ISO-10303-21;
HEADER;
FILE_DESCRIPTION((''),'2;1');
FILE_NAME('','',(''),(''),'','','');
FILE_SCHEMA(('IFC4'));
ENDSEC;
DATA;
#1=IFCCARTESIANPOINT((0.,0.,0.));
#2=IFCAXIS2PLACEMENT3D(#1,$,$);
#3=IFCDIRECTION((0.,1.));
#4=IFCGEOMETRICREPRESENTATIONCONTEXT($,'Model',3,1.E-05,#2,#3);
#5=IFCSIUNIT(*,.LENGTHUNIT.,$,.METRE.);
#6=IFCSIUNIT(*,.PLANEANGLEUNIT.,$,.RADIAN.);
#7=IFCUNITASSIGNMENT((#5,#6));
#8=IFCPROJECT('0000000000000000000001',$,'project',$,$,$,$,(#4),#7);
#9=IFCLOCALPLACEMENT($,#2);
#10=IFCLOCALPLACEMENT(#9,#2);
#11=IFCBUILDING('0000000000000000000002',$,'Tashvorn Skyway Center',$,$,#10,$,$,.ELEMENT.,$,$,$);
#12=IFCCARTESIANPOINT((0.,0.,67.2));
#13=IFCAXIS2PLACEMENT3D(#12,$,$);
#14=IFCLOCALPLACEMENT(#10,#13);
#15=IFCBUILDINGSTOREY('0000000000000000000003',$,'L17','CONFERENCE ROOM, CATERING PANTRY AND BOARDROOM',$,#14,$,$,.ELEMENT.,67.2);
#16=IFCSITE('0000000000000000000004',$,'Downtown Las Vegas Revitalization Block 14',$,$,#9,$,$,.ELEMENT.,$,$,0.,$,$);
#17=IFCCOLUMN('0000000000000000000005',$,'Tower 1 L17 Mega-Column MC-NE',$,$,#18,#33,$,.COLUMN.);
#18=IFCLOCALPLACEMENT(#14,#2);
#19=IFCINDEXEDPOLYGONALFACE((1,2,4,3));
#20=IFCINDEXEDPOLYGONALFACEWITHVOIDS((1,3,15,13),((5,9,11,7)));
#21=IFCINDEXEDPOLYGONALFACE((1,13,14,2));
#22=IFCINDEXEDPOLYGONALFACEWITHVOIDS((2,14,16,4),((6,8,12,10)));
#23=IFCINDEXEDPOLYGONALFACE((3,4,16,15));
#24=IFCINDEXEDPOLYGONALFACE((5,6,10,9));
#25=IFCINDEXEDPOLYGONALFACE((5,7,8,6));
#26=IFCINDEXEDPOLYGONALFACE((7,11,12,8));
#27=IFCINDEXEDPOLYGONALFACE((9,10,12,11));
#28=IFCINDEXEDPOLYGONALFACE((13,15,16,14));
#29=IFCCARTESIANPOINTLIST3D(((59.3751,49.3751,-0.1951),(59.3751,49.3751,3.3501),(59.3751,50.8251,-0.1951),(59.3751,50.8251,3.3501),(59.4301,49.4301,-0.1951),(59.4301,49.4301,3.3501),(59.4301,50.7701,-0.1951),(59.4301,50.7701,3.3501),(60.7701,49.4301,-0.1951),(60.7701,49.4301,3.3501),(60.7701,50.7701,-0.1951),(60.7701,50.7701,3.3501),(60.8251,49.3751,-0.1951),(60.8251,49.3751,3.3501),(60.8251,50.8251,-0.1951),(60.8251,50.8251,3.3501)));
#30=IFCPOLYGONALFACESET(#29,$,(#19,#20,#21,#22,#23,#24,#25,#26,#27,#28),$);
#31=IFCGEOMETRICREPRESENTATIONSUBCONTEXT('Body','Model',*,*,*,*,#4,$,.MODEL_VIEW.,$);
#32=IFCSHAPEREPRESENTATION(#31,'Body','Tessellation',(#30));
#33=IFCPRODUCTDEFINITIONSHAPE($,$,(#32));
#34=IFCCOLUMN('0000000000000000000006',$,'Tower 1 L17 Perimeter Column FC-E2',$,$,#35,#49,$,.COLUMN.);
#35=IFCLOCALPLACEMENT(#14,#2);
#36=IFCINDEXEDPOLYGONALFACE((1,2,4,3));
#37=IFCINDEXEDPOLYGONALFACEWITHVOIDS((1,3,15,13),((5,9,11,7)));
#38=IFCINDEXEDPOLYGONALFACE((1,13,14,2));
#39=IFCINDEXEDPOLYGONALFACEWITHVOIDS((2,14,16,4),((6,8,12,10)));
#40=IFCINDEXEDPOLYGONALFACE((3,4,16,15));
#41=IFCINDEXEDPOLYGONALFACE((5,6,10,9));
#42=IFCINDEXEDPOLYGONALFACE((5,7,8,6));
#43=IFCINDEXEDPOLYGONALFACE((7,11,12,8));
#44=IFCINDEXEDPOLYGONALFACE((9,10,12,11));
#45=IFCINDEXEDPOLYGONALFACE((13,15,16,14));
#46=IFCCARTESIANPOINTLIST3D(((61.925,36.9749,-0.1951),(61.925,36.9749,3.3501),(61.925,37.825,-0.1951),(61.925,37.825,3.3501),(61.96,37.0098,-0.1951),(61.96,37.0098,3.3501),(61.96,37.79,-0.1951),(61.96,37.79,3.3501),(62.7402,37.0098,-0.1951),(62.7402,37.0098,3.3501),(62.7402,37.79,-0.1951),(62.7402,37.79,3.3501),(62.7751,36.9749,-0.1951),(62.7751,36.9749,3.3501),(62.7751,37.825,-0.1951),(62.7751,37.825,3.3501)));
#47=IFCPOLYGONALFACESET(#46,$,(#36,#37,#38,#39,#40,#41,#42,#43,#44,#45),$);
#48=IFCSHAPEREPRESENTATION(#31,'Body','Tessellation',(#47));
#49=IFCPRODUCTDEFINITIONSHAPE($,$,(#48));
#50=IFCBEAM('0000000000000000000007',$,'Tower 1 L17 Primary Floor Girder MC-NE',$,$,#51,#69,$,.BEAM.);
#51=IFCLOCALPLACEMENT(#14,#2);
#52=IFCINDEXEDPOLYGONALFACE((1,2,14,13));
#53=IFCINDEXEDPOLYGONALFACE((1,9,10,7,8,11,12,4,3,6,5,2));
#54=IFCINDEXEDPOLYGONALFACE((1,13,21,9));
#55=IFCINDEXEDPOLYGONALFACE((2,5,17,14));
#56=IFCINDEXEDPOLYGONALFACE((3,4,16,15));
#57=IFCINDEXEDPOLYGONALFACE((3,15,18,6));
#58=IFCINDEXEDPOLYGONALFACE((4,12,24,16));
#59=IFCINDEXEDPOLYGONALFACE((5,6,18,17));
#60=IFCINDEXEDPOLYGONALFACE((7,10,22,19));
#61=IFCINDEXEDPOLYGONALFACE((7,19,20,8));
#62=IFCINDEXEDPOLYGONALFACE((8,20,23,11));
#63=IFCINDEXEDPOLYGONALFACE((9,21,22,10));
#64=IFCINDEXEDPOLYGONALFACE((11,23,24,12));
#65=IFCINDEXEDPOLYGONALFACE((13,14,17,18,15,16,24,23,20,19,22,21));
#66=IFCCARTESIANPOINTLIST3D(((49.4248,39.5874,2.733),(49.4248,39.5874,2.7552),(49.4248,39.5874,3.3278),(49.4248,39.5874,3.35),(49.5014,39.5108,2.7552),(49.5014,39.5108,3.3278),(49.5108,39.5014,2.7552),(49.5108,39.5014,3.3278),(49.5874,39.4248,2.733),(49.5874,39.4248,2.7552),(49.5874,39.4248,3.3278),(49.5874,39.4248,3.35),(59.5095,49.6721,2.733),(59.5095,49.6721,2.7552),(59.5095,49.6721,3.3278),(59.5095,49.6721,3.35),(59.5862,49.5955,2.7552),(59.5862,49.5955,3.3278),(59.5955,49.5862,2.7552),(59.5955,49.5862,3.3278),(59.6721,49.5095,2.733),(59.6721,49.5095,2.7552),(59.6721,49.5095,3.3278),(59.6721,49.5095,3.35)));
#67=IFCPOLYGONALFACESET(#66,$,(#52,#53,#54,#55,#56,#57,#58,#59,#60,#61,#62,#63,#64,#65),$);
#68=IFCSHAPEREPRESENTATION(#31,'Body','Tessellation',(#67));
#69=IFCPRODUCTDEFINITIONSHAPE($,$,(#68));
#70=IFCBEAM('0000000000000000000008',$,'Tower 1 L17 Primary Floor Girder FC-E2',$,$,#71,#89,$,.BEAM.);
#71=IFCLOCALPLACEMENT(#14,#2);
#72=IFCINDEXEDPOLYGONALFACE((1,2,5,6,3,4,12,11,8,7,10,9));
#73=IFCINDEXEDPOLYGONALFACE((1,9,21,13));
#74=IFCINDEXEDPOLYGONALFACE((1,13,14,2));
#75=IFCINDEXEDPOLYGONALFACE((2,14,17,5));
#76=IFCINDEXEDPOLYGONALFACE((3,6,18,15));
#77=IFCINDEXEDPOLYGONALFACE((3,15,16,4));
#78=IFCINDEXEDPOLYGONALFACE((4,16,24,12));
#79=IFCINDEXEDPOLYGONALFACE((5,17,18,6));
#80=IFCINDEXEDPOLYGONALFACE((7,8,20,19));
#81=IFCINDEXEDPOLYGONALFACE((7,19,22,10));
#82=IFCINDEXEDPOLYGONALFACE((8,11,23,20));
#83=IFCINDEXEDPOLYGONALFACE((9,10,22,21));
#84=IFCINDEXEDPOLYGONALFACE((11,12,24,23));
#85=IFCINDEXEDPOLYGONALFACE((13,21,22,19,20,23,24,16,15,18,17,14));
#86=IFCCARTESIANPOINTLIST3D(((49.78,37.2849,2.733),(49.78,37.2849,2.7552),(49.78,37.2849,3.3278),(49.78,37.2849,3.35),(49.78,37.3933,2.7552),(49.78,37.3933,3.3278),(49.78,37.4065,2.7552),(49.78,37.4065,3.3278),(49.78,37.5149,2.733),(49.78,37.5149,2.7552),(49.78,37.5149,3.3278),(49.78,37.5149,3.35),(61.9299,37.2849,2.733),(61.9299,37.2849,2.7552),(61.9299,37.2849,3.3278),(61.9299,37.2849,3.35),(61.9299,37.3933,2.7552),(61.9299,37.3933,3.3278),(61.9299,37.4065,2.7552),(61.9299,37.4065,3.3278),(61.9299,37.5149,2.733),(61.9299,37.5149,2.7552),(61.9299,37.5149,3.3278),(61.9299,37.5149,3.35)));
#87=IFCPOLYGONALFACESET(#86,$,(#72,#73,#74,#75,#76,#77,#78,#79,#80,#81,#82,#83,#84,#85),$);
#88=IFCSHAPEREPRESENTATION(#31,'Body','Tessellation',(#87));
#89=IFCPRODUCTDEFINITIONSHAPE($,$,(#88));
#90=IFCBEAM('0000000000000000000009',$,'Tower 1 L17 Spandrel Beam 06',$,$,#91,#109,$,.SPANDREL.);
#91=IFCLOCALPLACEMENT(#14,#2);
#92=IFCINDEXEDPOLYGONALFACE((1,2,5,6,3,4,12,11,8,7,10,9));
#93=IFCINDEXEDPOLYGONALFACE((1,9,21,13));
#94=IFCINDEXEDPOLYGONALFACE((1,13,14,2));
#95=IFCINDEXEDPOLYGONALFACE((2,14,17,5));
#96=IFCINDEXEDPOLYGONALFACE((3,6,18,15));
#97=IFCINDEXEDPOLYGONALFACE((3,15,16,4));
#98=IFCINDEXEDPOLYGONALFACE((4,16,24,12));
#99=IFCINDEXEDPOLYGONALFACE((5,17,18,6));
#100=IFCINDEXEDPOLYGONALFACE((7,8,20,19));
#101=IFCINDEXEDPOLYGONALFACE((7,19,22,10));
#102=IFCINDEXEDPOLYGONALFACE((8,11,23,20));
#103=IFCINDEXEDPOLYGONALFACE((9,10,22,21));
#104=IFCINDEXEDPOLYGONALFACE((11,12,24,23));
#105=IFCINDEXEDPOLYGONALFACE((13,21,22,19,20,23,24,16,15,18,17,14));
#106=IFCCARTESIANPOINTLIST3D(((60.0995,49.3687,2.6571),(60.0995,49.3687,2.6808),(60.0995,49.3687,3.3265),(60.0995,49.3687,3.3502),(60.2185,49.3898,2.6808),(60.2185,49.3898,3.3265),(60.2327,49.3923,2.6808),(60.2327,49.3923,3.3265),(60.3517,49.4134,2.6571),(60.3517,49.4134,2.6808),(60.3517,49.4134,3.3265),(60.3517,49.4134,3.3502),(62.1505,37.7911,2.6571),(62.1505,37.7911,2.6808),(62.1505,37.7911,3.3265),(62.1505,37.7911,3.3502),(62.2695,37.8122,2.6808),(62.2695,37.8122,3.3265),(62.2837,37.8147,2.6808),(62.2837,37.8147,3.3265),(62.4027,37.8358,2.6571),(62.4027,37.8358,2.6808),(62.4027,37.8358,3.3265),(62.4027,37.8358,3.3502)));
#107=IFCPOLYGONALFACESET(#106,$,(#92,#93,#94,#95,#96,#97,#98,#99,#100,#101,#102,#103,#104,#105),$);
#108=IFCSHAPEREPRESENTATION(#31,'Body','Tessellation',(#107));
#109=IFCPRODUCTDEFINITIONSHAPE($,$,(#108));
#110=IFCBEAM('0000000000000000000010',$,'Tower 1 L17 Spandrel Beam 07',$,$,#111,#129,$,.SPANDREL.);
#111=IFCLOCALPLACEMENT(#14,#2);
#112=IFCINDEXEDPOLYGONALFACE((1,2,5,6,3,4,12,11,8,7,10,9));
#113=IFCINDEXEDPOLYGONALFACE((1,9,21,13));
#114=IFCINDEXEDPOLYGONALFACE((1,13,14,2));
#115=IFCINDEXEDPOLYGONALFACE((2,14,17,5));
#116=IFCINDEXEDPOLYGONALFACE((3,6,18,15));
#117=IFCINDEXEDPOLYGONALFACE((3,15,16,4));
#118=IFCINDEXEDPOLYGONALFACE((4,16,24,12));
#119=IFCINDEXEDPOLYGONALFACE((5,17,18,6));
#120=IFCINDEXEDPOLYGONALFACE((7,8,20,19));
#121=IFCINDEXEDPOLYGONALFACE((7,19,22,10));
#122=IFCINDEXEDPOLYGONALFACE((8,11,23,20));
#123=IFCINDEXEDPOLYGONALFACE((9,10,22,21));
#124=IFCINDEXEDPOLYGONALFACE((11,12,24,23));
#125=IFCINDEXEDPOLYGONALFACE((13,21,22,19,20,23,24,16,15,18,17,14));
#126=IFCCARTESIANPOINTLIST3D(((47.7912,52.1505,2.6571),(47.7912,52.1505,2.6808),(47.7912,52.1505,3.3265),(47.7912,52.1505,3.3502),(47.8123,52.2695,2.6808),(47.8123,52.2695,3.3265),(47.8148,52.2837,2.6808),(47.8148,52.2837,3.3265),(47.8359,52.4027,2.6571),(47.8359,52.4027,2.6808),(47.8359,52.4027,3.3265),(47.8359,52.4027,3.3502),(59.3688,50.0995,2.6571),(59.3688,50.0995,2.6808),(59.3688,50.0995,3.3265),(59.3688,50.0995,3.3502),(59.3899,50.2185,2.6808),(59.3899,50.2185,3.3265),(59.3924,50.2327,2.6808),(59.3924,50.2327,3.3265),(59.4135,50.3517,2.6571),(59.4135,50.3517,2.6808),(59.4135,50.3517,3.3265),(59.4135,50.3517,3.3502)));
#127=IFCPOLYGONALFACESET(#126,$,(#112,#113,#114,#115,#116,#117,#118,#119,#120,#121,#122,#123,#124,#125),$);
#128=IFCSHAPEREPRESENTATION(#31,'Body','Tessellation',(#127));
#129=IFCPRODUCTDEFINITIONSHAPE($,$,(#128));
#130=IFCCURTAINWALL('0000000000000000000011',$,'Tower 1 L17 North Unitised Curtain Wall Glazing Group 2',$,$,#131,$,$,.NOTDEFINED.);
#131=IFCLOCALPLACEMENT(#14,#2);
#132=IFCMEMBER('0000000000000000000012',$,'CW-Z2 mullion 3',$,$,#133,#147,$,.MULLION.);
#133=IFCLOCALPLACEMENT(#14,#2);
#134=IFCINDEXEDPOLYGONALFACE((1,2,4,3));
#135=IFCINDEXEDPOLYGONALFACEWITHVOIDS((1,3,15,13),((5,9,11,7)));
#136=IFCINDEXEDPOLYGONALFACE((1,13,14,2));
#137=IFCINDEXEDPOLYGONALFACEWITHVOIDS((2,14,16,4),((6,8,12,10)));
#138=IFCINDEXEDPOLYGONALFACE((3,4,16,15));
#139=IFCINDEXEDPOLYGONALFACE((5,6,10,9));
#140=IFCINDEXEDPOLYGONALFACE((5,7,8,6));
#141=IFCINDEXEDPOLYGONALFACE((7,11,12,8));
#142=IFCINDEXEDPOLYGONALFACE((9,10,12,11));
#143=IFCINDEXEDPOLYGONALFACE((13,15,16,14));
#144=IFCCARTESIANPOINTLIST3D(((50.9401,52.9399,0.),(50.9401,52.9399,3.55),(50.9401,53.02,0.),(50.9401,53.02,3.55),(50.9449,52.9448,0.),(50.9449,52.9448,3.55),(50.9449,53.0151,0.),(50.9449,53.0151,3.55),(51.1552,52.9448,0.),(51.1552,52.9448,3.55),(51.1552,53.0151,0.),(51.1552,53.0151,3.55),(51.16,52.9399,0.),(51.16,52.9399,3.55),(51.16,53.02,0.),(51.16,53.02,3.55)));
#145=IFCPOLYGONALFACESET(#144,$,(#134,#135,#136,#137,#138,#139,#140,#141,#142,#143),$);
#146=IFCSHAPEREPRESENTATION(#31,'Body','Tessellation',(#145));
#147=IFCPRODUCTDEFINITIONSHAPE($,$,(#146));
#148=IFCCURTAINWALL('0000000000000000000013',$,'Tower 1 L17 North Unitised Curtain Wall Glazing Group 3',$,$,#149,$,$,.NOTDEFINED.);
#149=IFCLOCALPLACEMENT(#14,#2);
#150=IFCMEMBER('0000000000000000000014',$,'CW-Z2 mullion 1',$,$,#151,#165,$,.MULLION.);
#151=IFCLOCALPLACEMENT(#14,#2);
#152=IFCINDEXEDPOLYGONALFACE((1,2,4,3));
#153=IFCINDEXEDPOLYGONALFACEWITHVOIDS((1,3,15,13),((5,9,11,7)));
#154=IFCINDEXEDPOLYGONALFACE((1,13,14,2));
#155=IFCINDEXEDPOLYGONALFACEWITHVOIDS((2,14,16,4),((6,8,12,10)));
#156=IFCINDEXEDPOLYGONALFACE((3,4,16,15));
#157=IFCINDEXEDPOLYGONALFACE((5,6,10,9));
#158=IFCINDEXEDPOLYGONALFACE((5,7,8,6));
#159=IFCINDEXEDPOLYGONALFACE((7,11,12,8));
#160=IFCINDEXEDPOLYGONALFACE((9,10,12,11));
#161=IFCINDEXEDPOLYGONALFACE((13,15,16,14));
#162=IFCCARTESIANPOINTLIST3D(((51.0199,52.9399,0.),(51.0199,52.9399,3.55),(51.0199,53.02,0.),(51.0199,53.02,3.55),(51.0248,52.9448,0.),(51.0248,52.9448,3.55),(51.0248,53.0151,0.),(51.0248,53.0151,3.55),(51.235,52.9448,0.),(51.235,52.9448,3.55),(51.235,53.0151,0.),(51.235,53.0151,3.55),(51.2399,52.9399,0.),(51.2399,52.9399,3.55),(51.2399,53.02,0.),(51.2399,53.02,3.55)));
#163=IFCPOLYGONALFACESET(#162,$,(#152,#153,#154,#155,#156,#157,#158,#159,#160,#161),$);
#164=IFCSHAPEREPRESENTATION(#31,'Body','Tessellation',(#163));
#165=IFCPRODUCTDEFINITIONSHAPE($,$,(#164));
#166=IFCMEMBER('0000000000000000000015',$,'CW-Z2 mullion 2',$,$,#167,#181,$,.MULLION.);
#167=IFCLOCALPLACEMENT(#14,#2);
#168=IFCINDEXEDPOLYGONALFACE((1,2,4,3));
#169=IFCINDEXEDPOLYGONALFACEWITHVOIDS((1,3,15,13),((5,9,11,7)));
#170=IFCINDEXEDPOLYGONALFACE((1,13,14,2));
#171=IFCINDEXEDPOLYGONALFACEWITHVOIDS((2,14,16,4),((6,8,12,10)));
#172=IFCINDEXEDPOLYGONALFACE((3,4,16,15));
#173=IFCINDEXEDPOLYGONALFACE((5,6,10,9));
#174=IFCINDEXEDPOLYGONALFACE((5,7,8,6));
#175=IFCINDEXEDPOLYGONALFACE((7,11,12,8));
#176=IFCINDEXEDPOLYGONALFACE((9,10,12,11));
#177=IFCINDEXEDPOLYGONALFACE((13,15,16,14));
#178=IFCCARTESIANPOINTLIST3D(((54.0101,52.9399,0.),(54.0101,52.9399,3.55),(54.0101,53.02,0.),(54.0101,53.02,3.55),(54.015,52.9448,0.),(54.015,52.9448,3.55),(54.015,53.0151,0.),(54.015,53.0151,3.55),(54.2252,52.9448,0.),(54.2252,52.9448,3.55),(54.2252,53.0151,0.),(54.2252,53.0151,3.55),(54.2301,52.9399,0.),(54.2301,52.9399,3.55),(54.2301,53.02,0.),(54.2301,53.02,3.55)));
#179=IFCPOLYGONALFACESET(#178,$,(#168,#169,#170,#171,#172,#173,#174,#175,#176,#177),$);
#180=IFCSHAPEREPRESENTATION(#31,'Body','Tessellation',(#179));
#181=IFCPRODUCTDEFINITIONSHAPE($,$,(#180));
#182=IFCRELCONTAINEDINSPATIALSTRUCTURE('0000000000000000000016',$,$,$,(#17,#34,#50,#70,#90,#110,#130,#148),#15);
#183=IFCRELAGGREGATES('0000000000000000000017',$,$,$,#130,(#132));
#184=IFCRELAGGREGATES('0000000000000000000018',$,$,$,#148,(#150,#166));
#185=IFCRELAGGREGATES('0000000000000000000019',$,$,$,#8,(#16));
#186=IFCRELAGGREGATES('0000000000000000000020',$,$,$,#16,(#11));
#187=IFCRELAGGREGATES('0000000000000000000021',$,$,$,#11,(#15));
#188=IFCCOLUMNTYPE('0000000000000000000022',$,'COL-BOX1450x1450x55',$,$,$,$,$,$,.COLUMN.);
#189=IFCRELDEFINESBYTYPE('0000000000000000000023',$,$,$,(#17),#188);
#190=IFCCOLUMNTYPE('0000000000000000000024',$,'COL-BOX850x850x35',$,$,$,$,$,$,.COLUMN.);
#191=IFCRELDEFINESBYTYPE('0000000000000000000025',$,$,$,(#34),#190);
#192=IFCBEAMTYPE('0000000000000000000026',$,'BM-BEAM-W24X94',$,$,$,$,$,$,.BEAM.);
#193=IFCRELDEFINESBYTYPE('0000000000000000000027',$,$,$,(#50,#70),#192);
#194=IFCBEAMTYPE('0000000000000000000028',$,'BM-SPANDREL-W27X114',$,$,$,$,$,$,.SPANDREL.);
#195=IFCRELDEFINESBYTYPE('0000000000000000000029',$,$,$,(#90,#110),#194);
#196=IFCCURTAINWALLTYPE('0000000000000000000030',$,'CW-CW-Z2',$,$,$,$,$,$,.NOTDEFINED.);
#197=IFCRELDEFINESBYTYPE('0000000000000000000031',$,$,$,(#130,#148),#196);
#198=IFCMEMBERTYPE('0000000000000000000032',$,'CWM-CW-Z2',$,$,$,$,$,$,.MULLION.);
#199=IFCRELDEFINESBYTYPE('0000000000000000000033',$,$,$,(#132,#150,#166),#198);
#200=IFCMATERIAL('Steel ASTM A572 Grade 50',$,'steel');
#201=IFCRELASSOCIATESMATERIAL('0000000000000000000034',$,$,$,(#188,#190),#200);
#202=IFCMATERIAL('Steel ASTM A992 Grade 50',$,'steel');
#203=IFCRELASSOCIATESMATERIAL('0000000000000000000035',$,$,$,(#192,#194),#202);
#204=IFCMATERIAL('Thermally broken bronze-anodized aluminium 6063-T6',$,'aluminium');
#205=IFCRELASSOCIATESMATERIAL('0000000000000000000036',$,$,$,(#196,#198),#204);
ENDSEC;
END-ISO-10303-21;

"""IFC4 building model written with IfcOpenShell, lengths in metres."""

from ifc_helpers import new_model, si_unit, direction, frame, origin, origin_2d, place, context, subcontext, project, spatial, hollow_rectangle, i_section, extrude, material, material_profile, profile_set, type_object, element, aggregate, save


model = new_model("IFC4")

# Units and contexts
model_context = context("Model", 3, precision=1e-05, world=origin(), true_north=direction((0.0, 1.0)))
body_context = subcontext(model_context, "Body", "Model", "MODEL_VIEW")
ifc_project = project(units=[si_unit("LENGTHUNIT", "METRE"), si_unit("PLANEANGLEUNIT", "RADIAN")], contexts=[model_context])

# Site, building, storey
site_placement = place(None, origin())
site = spatial("IfcSite", under=ifc_project, at=site_placement, Name="Downtown Las Vegas Revitalization Block 14", CompositionType="ELEMENT", RefElevation=0.0)
building_placement = place(site_placement, origin())
building = spatial("IfcBuilding", under=site, at=building_placement, Name="Tashvorn Skyway Center", CompositionType="ELEMENT")
storey_placement = place(building_placement, frame((0.0, 0.0, 67.2)))
storey = spatial("IfcBuildingStorey", under=building, at=storey_placement, Name="L17", Description="CONFERENCE ROOM, CATERING PANTRY AND BOARDROOM", CompositionType="ELEMENT", Elevation=67.2)

# Columns
ifc_material_1 = material(Name="Steel ASTM A572 Grade 50", Category="steel")
ifc_material_profile_1 = material_profile(ifc_material_1, hollow_rectangle(XDim=1.45, YDim=1.45, WallThickness=0.0549, at=origin_2d()), Name="BOX1450x1450x55")
ifc_profile_set_1 = profile_set([ifc_material_profile_1], Name="Steel ASTM A572 Grade 50")
column_type_1 = type_object("IfcColumnType", Name="COL-BOX1450x1450x55", PredefinedType="COLUMN", material=ifc_profile_set_1)
column_1_placement = place(storey_placement, frame((60.1001, 50.1001, -0.1951), z_axis=(0.0, 0.0, 1.0), x_axis=(1.0, 0.0, 0.0)))
element("IfcColumn", 1, at=column_1_placement, inside=storey, type_object=column_type_1, Name="Tower 1 L17 Mega-Column MC-NE", PredefinedType="COLUMN", context=body_context, shape_type="SweptSolid", body=[
    extrude(hollow_rectangle(XDim=1.45, YDim=1.45, WallThickness=0.0549, at=origin_2d()), origin(), (0.0, 0.0, 1.0), 3.5452),
])
ifc_material_profile_2 = material_profile(ifc_material_1, hollow_rectangle(XDim=0.8501, YDim=0.8501, WallThickness=0.0349, at=origin_2d()), Name="BOX850x850x35")
ifc_profile_set_2 = profile_set([ifc_material_profile_2], Name="Steel ASTM A572 Grade 50")
column_type_2 = type_object("IfcColumnType", Name="COL-BOX850x850x35", PredefinedType="COLUMN", material=ifc_profile_set_2)
column_2_placement = place(storey_placement, frame((62.3501, 37.3999, -0.1951), z_axis=(0.0, 0.0, 1.0), x_axis=(1.0, 0.0, 0.0)))
element("IfcColumn", 2, at=column_2_placement, inside=storey, type_object=column_type_2, Name="Tower 1 L17 Perimeter Column FC-E2", PredefinedType="COLUMN", context=body_context, shape_type="SweptSolid", body=[
    extrude(hollow_rectangle(XDim=0.8501, YDim=0.8501, WallThickness=0.0349, at=origin_2d()), origin(), (0.0, 0.0, 1.0), 3.5452),
])

# Beams
ifc_material_2 = material(Name="Steel ASTM A992 Grade 50", Category="steel")
ifc_material_profile_3 = material_profile(ifc_material_2, i_section(OverallWidth=0.23, OverallDepth=0.6169, WebThickness=0.0132, FlangeThickness=0.0222, at=origin_2d()), Name="W24X94")
ifc_profile_set_3 = profile_set([ifc_material_profile_3], Name="Steel ASTM A992 Grade 50")
beam_type_1 = type_object("IfcBeamType", Name="BM-BEAM-W24X94", PredefinedType="BEAM", material=ifc_profile_set_3)
beam_1_placement = place(storey_placement, frame((59.5908, 49.5908, 3.0415), z_axis=(-0.707107, -0.707107, 0.0), x_axis=(0.707107, -0.707107, 0.0)))
element("IfcBeam", 3, at=beam_1_placement, inside=storey, type_object=beam_type_1, Name="Tower 1 L17 Primary Floor Girder MC-NE", PredefinedType="BEAM", context=body_context, shape_type="SweptSolid", body=[
    extrude(i_section(OverallWidth=0.23, OverallDepth=0.6169, WebThickness=0.0132, FlangeThickness=0.0222, at=origin_2d()), origin(), (0.0, 0.0, 1.0), 14.262),
])
beam_2_placement = place(storey_placement, frame((61.9299, 37.3999, 3.0415), z_axis=(-1.0, 0.0, 0.0), x_axis=(0.0, -1.0, 0.0)))
element("IfcBeam", 4, at=beam_2_placement, inside=storey, type_object=beam_type_1, Name="Tower 1 L17 Primary Floor Girder FC-E2", PredefinedType="BEAM", context=body_context, shape_type="SweptSolid", body=[
    extrude(i_section(OverallWidth=0.23, OverallDepth=0.6169, WebThickness=0.0132, FlangeThickness=0.0222, at=origin_2d()), origin(), (0.0, 0.0, 1.0), 12.1499),
])
ifc_material_profile_4 = material_profile(ifc_material_2, i_section(OverallWidth=0.2561, OverallDepth=0.6931, WebThickness=0.0144, FlangeThickness=0.0237, at=origin_2d()), Name="W27X114")
ifc_profile_set_4 = profile_set([ifc_material_profile_4], Name="Steel ASTM A992 Grade 50")
beam_type_2 = type_object("IfcBeamType", Name="BM-SPANDREL-W27X114", PredefinedType="SPANDREL", material=ifc_profile_set_4)
for number, where, z_axis, x_axis, name in (
    (5, (62.2766, 37.8135, 3.0037), (-0.174438, 0.984668, 0.0), (-0.984668, -0.174438, 0.0), "Tower 1 L17 Spandrel Beam 06"),
    (6, (59.3911, 50.2256, 3.0037), (-0.984668, 0.174438, 0.0), (-0.174438, -0.984668, 0.0), "Tower 1 L17 Spandrel Beam 07"),
):
    element("IfcBeam", number, at=place(storey_placement, frame(where, z_axis=z_axis, x_axis=x_axis)), inside=storey, type_object=beam_type_2, Name=name, PredefinedType="SPANDREL", context=body_context, shape_type="SweptSolid", body=[
        extrude(i_section(OverallWidth=0.2561, OverallDepth=0.6931, WebThickness=0.0144, FlangeThickness=0.0237, at=origin_2d()), origin(), (0.0, 0.0, 1.0), 11.7578),
    ])

# Curtain wall, member
ifc_material_3 = material(Name="Thermally broken bronze-anodized aluminium 6063-T6", Category="aluminium")
curtain_wall_type = type_object("IfcCurtainWallType", Name="CW-CW-Z2", PredefinedType="NOTDEFINED", material=ifc_material_3)
curtain_wall_1_placement = place(storey_placement, origin())
curtain_wall_1 = element("IfcCurtainWall", 7, at=curtain_wall_1_placement, inside=storey, type_object=curtain_wall_type, Name="Tower 1 L17 North Unitised Curtain Wall Glazing Group 2", PredefinedType="NOTDEFINED")
ifc_material_profile_5 = material_profile(ifc_material_3, hollow_rectangle(XDim=0.0801, YDim=0.22, WallThickness=0.0049, at=origin_2d()), Name="ALU-MULL-80x220")
ifc_profile_set_5 = profile_set([ifc_material_profile_5], Name="Thermally broken bronze-anodized aluminium 6063-T6")
member_type_1 = type_object("IfcMemberType", Name="CWM-CW-Z2", PredefinedType="MULLION", material=ifc_profile_set_5)
member_1_placement = place(storey_placement, frame((51.05, 52.98, 0.0), z_axis=(0.0, 0.0, 1.0), x_axis=(0.0, 1.0, 0.0)))
member_1 = element("IfcMember", 8, at=member_1_placement, type_object=member_type_1, Name="CW-Z2 mullion 3", PredefinedType="MULLION", context=body_context, shape_type="SweptSolid", body=[
    extrude(hollow_rectangle(XDim=0.0801, YDim=0.22, WallThickness=0.0049, at=origin_2d()), origin(), (0.0, 0.0, 1.0), 3.55),
])
aggregate(curtain_wall_1, [member_1])

# Curtain wall, members
curtain_wall_2_placement = place(storey_placement, origin())
curtain_wall_2 = element("IfcCurtainWall", 9, at=curtain_wall_2_placement, inside=storey, type_object=curtain_wall_type, Name="Tower 1 L17 North Unitised Curtain Wall Glazing Group 3", PredefinedType="NOTDEFINED")
member_2_placement = place(storey_placement, frame((51.1299, 52.98, 0.0), z_axis=(0.0, 0.0, 1.0), x_axis=(0.0, 1.0, 0.0)))
member_2 = element("IfcMember", 10, at=member_2_placement, type_object=member_type_1, Name="CW-Z2 mullion 1", PredefinedType="MULLION", context=body_context, shape_type="SweptSolid", body=[
    extrude(hollow_rectangle(XDim=0.0801, YDim=0.22, WallThickness=0.0049, at=origin_2d()), origin(), (0.0, 0.0, 1.0), 3.55),
])
member_3_placement = place(storey_placement, frame((54.1201, 52.98, 0.0), z_axis=(0.0, 0.0, 1.0), x_axis=(0.0, 1.0, 0.0)))
member_3 = element("IfcMember", 11, at=member_3_placement, type_object=member_type_1, Name="CW-Z2 mullion 2", PredefinedType="MULLION", context=body_context, shape_type="SweptSolid", body=[
    extrude(hollow_rectangle(XDim=0.0801, YDim=0.22, WallThickness=0.0049, at=origin_2d()), origin(), (0.0, 0.0, 1.0), 3.55),
])

aggregate(curtain_wall_2, [member_2, member_3])

save(model, "model.ifc")
